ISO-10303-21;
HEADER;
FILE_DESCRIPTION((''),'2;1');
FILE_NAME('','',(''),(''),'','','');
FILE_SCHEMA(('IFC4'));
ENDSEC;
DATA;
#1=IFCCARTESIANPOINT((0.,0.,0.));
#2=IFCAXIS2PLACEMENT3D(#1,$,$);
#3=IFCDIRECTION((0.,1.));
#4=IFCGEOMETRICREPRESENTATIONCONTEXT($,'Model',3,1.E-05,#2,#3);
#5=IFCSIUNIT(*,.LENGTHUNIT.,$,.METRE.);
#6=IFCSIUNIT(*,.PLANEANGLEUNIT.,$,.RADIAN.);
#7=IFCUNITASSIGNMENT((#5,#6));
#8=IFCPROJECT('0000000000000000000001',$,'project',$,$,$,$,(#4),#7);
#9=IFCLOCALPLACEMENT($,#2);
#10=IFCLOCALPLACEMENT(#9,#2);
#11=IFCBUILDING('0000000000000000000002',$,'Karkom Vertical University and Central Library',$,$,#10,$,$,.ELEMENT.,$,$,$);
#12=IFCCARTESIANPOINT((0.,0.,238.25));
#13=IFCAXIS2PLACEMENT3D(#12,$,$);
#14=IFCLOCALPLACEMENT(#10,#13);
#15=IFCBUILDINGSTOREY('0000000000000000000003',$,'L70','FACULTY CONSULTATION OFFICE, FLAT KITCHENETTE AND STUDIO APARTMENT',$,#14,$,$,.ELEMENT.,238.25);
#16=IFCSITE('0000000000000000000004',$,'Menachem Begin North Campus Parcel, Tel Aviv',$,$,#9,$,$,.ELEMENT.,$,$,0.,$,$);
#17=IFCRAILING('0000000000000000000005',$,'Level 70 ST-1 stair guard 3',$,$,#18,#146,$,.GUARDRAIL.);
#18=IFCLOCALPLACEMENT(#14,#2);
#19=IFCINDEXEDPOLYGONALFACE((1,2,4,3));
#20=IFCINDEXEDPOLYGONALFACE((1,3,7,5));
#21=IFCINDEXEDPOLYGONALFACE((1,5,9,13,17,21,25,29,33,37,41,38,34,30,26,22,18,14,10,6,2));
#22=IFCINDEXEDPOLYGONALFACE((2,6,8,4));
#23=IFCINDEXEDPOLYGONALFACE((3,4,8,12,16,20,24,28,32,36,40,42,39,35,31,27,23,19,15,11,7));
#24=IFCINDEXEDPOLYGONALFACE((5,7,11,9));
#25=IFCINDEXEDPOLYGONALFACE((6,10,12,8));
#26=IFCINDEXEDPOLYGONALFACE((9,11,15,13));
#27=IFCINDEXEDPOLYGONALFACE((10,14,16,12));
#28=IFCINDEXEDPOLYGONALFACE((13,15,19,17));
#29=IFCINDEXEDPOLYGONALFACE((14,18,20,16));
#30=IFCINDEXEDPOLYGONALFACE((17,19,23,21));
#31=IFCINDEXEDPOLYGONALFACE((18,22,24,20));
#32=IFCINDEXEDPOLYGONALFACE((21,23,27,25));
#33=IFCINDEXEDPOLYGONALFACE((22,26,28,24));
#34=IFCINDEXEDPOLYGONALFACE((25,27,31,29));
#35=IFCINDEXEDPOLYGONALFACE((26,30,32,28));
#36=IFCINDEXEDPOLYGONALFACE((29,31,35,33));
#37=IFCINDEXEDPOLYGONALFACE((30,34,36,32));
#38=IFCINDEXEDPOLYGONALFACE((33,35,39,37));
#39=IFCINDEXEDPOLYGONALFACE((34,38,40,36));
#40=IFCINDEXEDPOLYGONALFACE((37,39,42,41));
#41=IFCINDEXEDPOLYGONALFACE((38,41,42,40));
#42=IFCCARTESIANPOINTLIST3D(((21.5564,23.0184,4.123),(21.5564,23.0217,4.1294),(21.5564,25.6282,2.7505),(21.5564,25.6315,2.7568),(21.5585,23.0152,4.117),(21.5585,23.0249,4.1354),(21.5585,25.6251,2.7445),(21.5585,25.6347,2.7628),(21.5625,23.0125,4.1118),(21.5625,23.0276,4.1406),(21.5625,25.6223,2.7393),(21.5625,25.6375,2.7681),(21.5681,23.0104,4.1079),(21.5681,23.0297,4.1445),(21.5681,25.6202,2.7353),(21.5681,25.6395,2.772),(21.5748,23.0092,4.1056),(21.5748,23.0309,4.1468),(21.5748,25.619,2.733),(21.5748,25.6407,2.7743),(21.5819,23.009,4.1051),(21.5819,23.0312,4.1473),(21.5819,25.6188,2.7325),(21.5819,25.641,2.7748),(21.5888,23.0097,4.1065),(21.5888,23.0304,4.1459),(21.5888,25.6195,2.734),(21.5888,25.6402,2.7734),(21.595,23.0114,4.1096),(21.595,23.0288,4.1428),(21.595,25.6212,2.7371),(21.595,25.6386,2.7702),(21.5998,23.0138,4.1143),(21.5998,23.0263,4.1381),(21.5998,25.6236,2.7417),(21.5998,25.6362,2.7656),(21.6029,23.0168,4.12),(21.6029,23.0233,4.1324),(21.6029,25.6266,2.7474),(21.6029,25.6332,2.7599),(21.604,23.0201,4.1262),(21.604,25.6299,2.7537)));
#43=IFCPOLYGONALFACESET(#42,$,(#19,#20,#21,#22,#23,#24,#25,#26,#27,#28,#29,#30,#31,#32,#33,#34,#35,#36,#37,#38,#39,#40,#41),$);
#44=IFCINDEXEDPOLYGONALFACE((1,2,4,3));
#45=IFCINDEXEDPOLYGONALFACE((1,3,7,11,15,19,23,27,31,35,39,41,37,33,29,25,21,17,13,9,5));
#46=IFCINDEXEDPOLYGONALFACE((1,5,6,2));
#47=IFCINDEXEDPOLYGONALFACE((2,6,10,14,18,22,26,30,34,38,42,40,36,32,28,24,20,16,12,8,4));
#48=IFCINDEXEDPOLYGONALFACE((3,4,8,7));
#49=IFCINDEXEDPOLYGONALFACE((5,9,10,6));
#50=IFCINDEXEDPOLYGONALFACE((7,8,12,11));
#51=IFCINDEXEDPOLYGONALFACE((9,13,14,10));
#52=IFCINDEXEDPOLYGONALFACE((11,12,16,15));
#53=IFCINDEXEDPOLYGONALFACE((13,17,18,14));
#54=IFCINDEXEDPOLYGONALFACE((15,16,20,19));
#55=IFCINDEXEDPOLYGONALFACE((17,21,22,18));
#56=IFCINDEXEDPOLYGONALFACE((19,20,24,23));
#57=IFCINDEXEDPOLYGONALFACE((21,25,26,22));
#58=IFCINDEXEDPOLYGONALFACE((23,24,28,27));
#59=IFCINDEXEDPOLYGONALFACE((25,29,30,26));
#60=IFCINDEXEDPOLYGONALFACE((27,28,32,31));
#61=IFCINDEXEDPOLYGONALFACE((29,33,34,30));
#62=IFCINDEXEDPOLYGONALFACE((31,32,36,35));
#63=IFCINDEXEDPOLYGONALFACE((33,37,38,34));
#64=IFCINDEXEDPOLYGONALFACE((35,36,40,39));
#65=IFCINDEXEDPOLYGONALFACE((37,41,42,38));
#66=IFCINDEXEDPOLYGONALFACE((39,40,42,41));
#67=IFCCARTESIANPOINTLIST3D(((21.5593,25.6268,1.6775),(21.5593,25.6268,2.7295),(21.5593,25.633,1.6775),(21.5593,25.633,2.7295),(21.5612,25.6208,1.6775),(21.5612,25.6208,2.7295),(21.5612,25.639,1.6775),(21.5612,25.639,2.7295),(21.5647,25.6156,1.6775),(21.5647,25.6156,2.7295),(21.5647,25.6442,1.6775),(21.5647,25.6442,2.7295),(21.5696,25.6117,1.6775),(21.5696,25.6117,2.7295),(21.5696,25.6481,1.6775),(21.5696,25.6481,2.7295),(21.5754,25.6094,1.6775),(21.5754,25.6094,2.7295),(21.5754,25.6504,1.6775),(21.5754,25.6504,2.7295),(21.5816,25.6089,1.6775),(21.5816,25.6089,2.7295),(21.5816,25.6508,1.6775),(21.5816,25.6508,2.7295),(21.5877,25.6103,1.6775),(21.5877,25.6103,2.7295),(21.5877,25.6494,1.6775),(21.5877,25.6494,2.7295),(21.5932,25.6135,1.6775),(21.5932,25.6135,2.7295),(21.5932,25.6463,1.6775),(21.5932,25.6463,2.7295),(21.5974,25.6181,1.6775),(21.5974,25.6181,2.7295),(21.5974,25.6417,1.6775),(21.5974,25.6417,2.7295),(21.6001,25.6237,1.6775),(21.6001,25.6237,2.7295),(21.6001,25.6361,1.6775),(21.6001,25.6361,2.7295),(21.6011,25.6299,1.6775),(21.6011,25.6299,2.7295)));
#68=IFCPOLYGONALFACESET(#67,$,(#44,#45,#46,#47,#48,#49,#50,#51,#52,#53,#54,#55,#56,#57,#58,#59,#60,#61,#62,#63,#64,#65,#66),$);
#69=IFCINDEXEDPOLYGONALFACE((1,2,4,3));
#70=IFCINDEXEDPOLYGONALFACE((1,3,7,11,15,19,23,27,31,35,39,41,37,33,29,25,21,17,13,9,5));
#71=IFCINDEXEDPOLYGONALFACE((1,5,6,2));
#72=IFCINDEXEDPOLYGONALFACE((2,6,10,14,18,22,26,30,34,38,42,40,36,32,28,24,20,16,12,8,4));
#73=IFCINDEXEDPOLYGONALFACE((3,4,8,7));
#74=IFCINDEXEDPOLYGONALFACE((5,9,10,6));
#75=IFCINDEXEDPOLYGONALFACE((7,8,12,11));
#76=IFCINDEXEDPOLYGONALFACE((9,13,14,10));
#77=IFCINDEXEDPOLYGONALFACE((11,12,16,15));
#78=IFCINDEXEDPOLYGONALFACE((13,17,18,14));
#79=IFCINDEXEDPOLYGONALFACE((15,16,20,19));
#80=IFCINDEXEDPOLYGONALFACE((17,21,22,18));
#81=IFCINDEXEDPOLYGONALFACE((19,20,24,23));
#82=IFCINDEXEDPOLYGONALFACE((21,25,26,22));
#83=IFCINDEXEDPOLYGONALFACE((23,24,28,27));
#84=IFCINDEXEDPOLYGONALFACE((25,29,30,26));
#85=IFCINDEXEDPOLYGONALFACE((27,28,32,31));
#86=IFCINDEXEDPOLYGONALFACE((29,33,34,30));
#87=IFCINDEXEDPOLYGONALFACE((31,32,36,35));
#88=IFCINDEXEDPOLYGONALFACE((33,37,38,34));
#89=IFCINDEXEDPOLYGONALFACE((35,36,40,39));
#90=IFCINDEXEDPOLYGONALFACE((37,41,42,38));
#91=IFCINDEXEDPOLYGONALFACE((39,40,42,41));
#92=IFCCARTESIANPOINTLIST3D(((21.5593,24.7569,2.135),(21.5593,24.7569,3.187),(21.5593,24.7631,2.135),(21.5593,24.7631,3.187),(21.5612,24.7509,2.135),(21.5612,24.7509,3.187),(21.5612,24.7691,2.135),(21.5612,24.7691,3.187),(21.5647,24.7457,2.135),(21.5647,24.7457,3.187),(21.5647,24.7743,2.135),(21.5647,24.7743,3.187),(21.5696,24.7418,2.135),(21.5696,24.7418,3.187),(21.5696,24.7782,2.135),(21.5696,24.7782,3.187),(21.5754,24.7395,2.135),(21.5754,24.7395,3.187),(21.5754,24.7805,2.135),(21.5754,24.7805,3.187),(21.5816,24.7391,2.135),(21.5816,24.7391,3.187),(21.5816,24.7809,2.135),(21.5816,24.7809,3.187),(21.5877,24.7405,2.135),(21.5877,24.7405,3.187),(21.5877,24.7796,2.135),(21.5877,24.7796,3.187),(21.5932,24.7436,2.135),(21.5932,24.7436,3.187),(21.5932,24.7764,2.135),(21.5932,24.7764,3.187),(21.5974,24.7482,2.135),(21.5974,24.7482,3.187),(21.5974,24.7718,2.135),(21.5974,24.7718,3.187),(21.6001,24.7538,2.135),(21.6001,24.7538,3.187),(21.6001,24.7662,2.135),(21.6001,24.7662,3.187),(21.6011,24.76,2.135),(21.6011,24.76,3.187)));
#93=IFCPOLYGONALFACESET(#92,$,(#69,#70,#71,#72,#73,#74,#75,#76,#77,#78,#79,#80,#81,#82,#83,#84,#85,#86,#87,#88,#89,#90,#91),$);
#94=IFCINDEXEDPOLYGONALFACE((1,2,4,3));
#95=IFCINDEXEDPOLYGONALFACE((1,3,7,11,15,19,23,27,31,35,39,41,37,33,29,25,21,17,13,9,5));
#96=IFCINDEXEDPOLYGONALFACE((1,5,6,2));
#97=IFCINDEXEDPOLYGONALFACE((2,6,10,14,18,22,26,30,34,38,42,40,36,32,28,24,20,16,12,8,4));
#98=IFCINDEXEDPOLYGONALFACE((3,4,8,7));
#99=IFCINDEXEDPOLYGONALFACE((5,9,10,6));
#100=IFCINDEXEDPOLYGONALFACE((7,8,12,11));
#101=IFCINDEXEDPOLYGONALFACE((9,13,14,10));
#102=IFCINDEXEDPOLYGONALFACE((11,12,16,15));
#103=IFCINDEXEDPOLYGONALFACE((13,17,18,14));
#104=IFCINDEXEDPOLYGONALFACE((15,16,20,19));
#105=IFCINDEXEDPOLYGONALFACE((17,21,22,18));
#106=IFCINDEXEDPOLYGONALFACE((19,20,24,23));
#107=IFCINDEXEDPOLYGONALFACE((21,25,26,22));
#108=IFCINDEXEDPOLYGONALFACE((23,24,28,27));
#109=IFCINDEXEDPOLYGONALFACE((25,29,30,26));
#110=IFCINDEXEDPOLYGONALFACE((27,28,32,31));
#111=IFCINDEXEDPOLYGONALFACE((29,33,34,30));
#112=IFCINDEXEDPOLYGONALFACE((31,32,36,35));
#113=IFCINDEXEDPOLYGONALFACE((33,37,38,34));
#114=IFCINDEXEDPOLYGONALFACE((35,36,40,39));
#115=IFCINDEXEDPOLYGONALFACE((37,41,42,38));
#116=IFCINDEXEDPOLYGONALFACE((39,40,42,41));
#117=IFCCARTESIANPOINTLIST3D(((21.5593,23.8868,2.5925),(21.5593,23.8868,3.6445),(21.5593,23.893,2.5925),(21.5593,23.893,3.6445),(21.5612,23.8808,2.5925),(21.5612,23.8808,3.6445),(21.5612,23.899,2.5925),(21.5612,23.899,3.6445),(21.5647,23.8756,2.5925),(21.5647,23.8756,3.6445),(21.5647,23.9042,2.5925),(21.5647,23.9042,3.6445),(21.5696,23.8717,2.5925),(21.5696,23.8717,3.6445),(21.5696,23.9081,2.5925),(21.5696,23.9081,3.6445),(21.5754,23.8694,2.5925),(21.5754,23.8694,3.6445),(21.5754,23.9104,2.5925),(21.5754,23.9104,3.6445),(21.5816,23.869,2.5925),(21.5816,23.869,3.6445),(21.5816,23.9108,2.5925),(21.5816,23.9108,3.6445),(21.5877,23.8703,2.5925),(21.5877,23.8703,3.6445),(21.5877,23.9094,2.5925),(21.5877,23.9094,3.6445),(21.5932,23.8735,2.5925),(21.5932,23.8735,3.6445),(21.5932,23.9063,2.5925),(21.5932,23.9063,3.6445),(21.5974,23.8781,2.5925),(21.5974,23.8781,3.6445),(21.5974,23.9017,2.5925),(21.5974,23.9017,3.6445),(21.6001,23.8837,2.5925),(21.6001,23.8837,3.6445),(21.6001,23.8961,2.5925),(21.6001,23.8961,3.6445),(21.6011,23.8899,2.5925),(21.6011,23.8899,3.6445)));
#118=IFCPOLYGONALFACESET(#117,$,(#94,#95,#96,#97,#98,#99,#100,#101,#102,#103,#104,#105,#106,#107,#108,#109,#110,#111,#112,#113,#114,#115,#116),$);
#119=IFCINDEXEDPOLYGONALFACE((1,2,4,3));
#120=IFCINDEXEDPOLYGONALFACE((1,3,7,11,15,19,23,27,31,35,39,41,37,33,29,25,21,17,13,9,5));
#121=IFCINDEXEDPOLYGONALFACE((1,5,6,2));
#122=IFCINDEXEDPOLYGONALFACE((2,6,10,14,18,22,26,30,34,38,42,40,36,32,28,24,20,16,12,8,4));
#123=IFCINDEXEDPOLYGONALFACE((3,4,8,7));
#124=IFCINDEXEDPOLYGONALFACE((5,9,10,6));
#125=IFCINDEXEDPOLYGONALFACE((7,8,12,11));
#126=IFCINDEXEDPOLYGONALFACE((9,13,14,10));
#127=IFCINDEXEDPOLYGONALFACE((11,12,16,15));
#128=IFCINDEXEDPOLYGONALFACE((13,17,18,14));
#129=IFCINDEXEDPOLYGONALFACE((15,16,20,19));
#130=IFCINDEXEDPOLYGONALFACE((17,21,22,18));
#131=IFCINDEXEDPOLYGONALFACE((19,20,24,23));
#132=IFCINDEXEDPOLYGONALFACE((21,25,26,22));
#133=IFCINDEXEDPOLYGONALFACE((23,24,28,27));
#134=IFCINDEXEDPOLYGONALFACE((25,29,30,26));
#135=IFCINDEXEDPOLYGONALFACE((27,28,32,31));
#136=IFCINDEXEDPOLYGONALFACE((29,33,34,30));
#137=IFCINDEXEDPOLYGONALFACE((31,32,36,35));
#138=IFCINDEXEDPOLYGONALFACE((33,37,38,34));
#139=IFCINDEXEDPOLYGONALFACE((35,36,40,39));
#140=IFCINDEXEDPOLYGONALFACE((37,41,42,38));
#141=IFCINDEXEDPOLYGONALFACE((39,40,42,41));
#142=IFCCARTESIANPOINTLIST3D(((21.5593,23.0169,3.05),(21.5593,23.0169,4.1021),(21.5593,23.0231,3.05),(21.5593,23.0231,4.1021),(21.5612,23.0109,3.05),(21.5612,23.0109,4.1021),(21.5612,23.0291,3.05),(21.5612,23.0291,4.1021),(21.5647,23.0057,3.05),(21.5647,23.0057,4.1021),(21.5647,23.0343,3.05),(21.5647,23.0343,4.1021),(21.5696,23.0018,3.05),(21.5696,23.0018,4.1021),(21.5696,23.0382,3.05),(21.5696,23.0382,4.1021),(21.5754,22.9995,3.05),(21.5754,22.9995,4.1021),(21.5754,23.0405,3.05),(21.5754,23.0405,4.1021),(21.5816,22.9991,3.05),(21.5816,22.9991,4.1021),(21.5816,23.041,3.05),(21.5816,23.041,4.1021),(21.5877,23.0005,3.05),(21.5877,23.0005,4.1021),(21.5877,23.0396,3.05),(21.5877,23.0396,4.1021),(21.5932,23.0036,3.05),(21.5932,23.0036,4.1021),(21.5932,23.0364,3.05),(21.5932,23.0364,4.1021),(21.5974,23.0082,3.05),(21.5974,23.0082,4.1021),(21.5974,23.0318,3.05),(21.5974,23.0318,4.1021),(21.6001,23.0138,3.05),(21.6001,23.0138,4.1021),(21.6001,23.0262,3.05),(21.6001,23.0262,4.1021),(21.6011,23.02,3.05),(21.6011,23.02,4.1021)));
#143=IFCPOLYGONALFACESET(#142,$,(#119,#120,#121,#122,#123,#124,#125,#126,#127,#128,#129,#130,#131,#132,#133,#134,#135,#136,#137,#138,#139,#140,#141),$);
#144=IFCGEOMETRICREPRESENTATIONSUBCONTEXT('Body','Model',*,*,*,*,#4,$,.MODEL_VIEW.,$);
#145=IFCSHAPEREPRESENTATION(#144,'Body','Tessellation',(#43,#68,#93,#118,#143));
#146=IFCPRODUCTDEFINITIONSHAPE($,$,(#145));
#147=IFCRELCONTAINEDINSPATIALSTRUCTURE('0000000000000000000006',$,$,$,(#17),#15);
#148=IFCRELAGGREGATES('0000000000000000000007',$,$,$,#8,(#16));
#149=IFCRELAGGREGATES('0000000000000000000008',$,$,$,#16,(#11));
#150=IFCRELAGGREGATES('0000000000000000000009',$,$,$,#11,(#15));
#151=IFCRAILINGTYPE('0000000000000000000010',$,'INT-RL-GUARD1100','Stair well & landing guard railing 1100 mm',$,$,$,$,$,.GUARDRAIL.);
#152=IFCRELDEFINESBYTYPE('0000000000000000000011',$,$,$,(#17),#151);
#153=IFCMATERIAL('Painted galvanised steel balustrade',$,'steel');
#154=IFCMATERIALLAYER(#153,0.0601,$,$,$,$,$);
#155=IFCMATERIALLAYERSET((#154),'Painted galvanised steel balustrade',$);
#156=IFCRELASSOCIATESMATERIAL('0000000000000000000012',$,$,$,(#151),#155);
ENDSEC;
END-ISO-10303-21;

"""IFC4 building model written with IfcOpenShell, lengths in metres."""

from ifc_helpers import new_model, si_unit, direction, frame, origin, origin_2d, place, context, subcontext, project, spatial, circle, extrude, material, layer, layer_set, type_object, element, save


model = new_model("IFC4")

# Units and contexts
model_context = context("Model", 3, precision=1e-05, world=origin(), true_north=direction((0.0, 1.0)))
body_context = subcontext(model_context, "Body", "Model", "MODEL_VIEW")
ifc_project = project(units=[si_unit("LENGTHUNIT", "METRE"), si_unit("PLANEANGLEUNIT", "RADIAN")], contexts=[model_context])

# Site, building, storey
site_placement = place(None, origin())
site = spatial("IfcSite", under=ifc_project, at=site_placement, Name="Menachem Begin North Campus Parcel, Tel Aviv", CompositionType="ELEMENT", RefElevation=0.0)
building_placement = place(site_placement, origin())
building = spatial("IfcBuilding", under=site, at=building_placement, Name="Karkom Vertical University and Central Library", CompositionType="ELEMENT")
storey_placement = place(building_placement, frame((0.0, 0.0, 238.25)))
storey = spatial("IfcBuildingStorey", under=building, at=storey_placement, Name="L70", Description="FACULTY CONSULTATION OFFICE, FLAT KITCHENETTE AND STUDIO APARTMENT", CompositionType="ELEMENT", Elevation=238.25)

# Railing
ifc_material_1 = material(Name="Painted galvanised steel balustrade", Category="steel")
ifc_layer_1 = layer(ifc_material_1, 0.0601)
ifc_layer_set_1 = layer_set([ifc_layer_1], Name="Painted galvanised steel balustrade")
railing_type_1 = type_object("IfcRailingType", Name="INT-RL-GUARD1100", Description="Stair well & landing guard railing 1100 mm", PredefinedType="GUARDRAIL", material=ifc_layer_set_1)
railing_1_placement = place(storey_placement, frame((21.5801, 25.6299, 1.6775)))
element("IfcRailing", 1, at=railing_1_placement, inside=storey, type_object=railing_type_1, Name="Level 70 ST-1 stair guard 3", PredefinedType="GUARDRAIL", context=body_context, shape_type="SweptSolid", body=[
    extrude(circle(Radius=0.0239, at=origin_2d()), frame((0.0, 0.0, 1.0762), z_axis=(0.0, -0.885065, 0.465467), x_axis=(1.0, 0.0, 0.0)), (0.0, 0.0, 1.0), 2.9487),
    extrude(circle(Radius=0.021, at=origin_2d()), origin(), (0.0, 0.0, 1.0), 1.052),
    extrude(circle(Radius=0.021, at=origin_2d()), frame((0.0, -0.8699, 0.4575)), (0.0, 0.0, 1.0), 1.052),
    extrude(circle(Radius=0.021, at=origin_2d()), frame((0.0, -1.74, 0.915)), (0.0, 0.0, 1.0), 1.052),
    extrude(circle(Radius=0.021, at=origin_2d()), frame((0.0, -2.6099, 1.3726)), (0.0, 0.0, 1.0), 1.052),
])

save(model, "model.ifc")
